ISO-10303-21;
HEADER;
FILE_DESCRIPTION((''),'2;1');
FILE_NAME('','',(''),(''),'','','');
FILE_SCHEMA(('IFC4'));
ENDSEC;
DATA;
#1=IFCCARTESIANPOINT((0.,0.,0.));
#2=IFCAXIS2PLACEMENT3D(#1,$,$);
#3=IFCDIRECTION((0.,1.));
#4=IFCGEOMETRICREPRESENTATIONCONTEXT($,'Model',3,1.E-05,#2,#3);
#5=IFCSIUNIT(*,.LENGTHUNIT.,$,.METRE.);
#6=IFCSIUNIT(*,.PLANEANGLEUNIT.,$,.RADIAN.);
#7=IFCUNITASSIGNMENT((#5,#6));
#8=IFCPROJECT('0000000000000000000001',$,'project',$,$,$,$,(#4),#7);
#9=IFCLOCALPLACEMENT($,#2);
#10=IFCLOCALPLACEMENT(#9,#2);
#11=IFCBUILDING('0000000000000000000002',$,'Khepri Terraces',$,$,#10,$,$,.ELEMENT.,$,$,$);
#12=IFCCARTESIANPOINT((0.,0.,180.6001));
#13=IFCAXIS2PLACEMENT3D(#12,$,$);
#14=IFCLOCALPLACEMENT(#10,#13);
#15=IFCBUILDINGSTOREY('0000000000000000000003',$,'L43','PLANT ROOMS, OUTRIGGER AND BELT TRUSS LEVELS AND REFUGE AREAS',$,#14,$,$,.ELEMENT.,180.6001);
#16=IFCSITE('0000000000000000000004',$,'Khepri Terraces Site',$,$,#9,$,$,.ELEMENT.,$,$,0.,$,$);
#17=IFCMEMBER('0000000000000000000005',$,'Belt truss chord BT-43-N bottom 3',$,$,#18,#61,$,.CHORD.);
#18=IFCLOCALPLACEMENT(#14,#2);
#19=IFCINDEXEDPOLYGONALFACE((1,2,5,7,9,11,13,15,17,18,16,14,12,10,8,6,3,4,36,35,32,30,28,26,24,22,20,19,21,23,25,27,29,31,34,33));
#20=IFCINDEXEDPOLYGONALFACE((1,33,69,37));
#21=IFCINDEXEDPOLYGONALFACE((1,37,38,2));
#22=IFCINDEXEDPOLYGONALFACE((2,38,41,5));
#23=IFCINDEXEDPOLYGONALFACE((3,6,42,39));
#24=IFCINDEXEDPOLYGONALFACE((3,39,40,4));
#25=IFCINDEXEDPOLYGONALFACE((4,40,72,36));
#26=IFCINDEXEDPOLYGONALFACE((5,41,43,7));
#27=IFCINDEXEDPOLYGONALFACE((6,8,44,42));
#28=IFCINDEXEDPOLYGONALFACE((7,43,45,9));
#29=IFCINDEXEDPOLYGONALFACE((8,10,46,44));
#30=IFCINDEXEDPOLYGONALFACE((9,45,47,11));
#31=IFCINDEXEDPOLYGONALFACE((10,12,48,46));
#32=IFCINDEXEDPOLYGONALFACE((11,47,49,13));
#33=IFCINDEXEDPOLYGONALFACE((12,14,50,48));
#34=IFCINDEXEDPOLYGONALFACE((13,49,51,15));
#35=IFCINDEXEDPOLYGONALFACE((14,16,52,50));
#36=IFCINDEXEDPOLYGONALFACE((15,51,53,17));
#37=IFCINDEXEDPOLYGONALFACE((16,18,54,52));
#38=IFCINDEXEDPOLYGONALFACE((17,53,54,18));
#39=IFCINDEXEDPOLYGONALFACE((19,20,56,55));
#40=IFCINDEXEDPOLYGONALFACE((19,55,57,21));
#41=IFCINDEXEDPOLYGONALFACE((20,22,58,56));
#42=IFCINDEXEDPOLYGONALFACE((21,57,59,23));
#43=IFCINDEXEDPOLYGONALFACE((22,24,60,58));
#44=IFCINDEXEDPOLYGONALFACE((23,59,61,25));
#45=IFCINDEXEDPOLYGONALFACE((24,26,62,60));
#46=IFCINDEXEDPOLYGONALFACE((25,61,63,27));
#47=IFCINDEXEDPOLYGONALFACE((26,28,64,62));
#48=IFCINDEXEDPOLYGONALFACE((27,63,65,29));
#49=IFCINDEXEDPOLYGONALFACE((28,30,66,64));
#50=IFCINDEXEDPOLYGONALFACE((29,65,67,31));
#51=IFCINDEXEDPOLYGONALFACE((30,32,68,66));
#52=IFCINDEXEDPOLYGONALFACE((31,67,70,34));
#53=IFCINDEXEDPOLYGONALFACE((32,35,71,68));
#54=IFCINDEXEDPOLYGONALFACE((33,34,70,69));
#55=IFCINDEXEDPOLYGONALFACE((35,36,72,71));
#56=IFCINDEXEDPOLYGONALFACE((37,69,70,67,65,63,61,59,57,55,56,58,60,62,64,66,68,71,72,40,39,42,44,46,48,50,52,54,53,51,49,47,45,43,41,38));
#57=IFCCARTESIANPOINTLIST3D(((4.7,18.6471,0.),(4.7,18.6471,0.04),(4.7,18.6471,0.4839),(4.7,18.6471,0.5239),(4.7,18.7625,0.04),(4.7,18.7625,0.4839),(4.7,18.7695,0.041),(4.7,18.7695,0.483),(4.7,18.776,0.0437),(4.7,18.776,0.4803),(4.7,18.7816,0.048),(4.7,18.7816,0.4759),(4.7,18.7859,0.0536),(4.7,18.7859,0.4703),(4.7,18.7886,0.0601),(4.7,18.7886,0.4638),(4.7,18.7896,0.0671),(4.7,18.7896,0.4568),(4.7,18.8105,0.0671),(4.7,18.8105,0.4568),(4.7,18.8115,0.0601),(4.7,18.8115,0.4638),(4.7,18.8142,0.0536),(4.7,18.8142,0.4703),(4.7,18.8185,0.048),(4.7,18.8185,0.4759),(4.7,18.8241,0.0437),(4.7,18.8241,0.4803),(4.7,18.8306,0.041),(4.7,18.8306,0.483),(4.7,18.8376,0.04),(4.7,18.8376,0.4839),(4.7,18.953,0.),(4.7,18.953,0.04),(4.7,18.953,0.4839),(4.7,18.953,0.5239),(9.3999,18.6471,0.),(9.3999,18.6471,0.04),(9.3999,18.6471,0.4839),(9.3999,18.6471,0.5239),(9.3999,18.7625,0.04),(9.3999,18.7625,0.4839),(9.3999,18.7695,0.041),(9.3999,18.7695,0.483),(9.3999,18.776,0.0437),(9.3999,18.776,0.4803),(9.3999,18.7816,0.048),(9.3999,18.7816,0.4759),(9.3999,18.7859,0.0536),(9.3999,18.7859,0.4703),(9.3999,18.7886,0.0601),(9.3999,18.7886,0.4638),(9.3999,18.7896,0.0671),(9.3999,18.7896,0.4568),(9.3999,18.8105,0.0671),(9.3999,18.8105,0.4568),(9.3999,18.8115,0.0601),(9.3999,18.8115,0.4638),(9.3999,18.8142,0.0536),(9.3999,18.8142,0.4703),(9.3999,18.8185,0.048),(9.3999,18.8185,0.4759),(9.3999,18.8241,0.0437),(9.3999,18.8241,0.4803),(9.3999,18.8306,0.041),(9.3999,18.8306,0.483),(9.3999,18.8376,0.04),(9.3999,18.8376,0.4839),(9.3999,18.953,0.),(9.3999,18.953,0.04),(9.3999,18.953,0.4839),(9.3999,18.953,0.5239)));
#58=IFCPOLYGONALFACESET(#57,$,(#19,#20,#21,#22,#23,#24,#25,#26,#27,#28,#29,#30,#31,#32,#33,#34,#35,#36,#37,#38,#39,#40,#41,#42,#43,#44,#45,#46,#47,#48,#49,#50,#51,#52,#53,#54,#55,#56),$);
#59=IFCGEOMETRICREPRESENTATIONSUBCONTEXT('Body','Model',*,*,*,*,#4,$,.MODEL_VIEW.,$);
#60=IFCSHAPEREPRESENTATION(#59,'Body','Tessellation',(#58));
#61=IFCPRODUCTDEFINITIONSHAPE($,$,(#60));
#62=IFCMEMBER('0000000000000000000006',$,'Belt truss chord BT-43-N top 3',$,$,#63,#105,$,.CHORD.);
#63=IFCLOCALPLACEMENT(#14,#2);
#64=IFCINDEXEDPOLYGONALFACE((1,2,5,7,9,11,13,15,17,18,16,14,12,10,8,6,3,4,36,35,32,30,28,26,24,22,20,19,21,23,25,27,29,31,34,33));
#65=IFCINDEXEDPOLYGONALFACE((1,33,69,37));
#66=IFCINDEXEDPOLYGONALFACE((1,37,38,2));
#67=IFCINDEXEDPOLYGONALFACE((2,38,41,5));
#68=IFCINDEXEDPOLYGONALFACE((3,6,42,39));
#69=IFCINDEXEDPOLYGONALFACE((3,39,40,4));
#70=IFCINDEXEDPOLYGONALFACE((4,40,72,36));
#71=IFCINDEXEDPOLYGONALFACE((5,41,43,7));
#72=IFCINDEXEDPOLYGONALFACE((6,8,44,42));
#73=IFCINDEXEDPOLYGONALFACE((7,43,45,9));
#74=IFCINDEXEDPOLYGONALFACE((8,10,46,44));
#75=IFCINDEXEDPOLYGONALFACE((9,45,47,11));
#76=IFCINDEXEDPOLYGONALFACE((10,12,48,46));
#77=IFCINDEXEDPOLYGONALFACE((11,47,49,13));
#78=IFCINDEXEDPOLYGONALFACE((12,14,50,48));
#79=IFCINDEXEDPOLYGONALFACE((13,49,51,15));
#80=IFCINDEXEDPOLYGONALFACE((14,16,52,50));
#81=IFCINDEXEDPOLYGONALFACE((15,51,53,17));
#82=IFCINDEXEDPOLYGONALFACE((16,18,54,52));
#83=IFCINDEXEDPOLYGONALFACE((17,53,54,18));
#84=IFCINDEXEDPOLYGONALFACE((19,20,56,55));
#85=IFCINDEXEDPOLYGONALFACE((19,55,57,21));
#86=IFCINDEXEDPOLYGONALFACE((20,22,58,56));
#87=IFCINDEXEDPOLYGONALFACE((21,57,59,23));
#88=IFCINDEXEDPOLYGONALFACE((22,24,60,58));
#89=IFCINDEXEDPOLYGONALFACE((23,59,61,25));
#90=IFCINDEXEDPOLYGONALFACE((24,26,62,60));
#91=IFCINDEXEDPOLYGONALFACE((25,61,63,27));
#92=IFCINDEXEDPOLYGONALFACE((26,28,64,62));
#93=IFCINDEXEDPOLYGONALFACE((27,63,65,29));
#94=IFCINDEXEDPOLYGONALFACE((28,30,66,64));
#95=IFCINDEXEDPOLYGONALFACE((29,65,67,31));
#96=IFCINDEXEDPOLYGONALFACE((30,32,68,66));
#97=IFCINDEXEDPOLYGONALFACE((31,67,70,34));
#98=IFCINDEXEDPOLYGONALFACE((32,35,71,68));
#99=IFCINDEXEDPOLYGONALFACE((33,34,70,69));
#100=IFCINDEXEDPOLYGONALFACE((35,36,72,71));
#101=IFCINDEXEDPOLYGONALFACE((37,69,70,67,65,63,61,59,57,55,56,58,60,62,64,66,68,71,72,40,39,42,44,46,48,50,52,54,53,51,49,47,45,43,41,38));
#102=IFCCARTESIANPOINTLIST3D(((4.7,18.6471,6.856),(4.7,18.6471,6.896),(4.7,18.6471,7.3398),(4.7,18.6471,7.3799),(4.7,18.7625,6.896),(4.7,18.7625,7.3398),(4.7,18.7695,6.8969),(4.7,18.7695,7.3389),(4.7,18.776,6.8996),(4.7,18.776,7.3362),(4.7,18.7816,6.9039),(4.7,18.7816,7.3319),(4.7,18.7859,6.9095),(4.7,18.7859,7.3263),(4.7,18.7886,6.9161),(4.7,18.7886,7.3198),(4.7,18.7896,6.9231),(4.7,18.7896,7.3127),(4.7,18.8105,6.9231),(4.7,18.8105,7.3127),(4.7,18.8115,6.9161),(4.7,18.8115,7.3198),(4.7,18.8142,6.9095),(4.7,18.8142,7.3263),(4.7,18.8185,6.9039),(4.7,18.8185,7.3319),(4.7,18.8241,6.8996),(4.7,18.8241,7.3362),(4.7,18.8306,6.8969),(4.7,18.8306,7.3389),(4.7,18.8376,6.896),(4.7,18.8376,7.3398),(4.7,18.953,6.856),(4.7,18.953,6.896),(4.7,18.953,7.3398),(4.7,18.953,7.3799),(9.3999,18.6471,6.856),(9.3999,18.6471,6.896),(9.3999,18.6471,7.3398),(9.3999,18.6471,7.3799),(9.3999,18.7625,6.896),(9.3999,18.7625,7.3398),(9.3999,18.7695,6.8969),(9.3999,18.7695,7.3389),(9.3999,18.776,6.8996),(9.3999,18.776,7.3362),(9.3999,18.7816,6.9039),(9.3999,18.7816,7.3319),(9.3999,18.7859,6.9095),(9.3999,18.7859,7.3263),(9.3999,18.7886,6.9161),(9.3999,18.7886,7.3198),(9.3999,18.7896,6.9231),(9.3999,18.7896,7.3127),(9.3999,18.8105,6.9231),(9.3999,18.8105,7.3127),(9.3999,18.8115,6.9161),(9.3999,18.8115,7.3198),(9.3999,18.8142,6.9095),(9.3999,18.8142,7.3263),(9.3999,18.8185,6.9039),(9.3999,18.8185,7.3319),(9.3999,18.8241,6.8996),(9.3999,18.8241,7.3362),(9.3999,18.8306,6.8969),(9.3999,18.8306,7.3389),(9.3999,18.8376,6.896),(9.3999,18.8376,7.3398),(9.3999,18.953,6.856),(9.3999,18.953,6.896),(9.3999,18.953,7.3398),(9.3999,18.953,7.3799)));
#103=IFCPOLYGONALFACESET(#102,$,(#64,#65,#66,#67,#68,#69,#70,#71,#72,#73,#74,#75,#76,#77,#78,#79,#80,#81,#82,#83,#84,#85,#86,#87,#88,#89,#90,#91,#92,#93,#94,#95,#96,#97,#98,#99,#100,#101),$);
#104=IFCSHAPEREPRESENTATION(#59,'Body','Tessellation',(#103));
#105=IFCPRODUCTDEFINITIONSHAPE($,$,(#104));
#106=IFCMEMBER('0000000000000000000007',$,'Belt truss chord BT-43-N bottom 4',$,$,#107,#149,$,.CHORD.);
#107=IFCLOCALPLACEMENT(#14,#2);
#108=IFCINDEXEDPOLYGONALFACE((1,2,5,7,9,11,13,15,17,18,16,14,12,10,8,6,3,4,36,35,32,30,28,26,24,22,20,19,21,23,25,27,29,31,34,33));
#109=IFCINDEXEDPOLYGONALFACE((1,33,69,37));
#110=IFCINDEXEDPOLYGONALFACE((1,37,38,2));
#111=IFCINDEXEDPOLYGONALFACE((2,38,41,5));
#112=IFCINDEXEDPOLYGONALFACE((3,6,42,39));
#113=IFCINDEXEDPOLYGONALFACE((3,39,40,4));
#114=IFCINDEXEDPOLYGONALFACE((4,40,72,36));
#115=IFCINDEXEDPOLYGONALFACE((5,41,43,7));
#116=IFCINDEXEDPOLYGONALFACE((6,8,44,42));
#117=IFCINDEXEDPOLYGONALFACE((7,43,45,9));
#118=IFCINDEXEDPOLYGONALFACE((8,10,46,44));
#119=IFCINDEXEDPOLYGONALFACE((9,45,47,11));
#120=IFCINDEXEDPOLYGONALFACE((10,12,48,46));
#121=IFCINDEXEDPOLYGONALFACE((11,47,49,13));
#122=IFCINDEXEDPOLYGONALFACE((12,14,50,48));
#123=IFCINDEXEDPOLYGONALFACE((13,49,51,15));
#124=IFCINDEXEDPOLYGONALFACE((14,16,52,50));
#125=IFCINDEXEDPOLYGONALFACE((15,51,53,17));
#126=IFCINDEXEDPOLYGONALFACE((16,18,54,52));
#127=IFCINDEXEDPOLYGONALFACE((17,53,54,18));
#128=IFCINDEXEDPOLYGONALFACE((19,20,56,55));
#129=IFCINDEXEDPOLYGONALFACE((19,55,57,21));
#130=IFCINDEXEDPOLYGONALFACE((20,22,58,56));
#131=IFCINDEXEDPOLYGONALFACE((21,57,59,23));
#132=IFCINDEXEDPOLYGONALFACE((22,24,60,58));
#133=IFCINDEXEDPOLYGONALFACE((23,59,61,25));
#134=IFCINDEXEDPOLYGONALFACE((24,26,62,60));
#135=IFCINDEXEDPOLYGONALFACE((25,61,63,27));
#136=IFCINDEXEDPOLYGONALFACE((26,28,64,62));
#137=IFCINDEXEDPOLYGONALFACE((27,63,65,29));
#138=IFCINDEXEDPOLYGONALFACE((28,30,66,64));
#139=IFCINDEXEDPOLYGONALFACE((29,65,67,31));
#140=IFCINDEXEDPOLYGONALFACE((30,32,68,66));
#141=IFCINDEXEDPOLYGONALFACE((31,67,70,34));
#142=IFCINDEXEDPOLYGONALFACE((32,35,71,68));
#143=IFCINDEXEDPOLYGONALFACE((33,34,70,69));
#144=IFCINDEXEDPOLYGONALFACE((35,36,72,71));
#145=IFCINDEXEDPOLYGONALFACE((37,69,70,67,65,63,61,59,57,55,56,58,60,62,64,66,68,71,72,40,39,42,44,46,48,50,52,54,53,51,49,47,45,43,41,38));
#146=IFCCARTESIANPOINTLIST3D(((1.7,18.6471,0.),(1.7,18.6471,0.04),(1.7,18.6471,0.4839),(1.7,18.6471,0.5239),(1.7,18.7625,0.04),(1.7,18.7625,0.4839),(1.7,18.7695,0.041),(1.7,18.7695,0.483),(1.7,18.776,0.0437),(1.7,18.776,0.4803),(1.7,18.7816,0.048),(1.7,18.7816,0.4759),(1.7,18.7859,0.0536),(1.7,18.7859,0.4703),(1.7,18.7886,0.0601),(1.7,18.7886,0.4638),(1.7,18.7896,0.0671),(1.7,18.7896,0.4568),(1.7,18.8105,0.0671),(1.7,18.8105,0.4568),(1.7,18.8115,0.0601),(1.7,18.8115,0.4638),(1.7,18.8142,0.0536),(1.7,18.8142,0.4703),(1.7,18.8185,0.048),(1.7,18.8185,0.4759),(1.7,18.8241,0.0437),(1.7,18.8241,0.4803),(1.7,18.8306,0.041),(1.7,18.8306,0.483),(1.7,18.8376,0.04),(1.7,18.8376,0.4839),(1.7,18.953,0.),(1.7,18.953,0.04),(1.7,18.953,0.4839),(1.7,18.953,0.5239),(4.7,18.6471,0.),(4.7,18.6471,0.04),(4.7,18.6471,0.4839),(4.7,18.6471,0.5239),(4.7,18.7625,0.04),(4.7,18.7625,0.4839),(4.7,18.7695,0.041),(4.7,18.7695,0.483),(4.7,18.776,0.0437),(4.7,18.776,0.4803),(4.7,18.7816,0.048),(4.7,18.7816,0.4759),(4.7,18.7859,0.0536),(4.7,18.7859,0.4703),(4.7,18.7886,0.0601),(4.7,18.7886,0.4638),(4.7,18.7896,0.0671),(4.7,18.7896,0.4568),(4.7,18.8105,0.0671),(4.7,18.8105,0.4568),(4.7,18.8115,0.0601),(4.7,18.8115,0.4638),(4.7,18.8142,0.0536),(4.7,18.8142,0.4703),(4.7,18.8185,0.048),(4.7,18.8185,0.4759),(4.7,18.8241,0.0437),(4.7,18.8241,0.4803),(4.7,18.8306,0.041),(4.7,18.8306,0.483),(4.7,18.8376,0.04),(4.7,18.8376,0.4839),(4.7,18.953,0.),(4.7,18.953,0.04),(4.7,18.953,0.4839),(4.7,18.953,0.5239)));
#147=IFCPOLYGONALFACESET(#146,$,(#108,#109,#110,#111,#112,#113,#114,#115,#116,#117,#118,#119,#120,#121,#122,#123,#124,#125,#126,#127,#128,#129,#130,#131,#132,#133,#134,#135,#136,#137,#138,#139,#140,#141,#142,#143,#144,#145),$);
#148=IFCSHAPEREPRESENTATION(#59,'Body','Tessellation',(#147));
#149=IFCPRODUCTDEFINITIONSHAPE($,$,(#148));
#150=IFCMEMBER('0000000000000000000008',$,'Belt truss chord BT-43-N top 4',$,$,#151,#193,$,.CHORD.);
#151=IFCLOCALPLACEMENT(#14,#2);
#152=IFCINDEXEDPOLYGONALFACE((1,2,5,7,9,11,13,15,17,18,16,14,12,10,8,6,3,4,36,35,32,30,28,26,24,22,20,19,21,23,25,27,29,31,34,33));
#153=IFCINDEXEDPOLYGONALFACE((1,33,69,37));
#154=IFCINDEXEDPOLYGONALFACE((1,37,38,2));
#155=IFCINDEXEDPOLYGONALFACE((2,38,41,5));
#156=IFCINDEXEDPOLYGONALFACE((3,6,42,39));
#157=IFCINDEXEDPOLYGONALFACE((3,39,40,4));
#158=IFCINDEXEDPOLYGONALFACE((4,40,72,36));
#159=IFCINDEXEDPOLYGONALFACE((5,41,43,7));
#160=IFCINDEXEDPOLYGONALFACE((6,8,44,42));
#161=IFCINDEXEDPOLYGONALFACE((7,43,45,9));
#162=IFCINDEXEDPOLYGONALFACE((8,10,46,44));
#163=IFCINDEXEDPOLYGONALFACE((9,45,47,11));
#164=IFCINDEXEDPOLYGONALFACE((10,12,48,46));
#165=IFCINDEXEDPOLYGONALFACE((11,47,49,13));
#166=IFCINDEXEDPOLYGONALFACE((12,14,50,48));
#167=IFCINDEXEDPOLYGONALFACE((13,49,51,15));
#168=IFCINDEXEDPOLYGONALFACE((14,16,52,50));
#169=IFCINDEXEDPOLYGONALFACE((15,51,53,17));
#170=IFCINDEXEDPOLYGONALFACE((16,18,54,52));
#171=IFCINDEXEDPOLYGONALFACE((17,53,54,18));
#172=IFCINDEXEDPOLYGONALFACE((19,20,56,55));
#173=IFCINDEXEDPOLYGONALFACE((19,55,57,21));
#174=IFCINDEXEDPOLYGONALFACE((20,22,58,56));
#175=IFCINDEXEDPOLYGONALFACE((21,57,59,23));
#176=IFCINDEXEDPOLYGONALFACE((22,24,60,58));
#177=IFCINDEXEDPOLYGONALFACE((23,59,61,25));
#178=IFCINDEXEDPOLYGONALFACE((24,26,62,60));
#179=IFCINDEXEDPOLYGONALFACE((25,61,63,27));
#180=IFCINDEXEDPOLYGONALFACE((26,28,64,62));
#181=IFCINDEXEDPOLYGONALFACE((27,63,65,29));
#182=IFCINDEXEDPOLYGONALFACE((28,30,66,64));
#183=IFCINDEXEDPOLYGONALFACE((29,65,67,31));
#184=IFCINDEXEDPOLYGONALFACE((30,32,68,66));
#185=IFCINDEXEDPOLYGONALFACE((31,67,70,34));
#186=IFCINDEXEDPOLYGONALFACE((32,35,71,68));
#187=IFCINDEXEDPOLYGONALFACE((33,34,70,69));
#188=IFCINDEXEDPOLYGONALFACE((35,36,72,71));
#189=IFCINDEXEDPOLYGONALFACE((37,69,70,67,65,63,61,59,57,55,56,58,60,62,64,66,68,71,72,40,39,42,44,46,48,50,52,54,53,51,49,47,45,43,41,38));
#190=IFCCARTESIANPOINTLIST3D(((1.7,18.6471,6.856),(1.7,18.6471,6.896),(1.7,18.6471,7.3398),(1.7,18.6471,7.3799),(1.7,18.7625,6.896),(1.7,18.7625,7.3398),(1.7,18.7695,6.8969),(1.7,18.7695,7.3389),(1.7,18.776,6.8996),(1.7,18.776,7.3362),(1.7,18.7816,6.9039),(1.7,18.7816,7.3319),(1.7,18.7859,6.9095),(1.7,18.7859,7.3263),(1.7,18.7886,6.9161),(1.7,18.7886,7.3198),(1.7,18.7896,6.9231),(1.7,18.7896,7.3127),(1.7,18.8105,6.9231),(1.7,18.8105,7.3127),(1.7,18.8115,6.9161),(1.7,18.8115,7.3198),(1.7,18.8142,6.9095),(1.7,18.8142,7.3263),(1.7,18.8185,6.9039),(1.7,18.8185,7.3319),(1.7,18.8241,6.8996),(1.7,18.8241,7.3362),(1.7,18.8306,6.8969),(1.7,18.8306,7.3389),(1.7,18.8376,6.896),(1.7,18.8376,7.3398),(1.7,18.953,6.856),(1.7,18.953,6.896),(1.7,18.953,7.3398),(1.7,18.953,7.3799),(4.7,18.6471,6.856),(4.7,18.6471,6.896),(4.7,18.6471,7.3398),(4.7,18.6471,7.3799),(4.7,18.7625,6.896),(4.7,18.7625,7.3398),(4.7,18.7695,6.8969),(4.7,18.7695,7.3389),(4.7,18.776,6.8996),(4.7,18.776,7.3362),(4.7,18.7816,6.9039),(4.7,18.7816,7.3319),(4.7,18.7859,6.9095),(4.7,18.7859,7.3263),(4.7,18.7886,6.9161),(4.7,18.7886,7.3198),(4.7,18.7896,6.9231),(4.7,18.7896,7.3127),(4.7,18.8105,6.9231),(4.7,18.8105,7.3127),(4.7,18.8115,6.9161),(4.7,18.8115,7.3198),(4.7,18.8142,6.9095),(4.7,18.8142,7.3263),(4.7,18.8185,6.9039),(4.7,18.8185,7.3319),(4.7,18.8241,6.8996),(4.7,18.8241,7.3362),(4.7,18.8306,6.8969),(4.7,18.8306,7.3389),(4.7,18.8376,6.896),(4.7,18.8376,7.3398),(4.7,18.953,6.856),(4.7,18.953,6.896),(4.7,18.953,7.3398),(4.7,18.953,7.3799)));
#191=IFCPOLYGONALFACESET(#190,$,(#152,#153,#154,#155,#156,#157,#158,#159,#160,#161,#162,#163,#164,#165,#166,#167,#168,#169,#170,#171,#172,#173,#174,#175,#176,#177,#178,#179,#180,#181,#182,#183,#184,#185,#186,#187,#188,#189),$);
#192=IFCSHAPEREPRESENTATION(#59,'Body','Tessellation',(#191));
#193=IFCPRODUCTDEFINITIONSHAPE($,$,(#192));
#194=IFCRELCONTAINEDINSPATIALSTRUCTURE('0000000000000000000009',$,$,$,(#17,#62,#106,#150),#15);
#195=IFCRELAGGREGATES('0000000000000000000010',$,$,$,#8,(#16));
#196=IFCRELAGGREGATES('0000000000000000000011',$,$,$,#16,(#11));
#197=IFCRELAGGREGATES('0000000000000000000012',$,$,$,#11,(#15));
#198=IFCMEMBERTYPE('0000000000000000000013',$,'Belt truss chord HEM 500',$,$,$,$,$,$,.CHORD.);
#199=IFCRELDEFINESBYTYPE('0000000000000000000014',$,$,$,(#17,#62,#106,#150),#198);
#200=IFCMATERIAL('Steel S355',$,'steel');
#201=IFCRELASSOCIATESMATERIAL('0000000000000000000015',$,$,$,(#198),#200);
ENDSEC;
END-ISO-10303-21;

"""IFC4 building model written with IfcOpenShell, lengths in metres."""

from ifc_helpers import new_model, si_unit, direction, frame, origin, origin_2d, place, context, subcontext, project, spatial, i_section, extrude, material, material_profile, profile_set, type_object, element, save


model = new_model("IFC4")

# Units and contexts
model_context = context("Model", 3, precision=1e-05, world=origin(), true_north=direction((0.0, 1.0)))
body_context = subcontext(model_context, "Body", "Model", "MODEL_VIEW")
ifc_project = project(units=[si_unit("LENGTHUNIT", "METRE"), si_unit("PLANEANGLEUNIT", "RADIAN")], contexts=[model_context])

# Site, building, storey
site_placement = place(None, origin())
site = spatial("IfcSite", under=ifc_project, at=site_placement, Name="Khepri Terraces Site", CompositionType="ELEMENT", RefElevation=0.0)
building_placement = place(site_placement, origin())
building = spatial("IfcBuilding", under=site, at=building_placement, Name="Khepri Terraces", CompositionType="ELEMENT")
storey_placement = place(building_placement, frame((0.0, 0.0, 180.6001)))
storey = spatial("IfcBuildingStorey", under=building, at=storey_placement, Name="L43", Description="PLANT ROOMS, OUTRIGGER AND BELT TRUSS LEVELS AND REFUGE AREAS", CompositionType="ELEMENT", Elevation=180.6001)

# Members
ifc_material_1 = material(Name="Steel S355", Category="steel")
ifc_material_profile_1 = material_profile(ifc_material_1, i_section(OverallWidth=0.3059, OverallDepth=0.5239, WebThickness=0.021, FlangeThickness=0.04, FilletRadius=0.0271, at=origin_2d()), Name="Steel S355", Category="steel")
ifc_profile_set_1 = profile_set([ifc_material_profile_1], Name="Steel S355")
member_type_1 = type_object("IfcMemberType", Name="Belt truss chord HEM 500", PredefinedType="CHORD", material=ifc_profile_set_1)
for number, where, z_axis, x_axis, name in (
    (1, (9.3999, 18.8, 0.262), (-1.0, 0.0, 0.0), (0.0, -1.0, 0.0), "Belt truss chord BT-43-N bottom 3"),
    (2, (9.3999, 18.8, 7.1179), (-1.0, 0.0, 0.0), (0.0, -1.0, 0.0), "Belt truss chord BT-43-N top 3"),
):
    element("IfcMember", number, at=place(storey_placement, frame(where, z_axis=z_axis, x_axis=x_axis)), inside=storey, type_object=member_type_1, Name=name, PredefinedType="CHORD", context=body_context, shape_type="SweptSolid", body=[
        extrude(i_section(OverallWidth=0.3059, OverallDepth=0.5239, WebThickness=0.021, FlangeThickness=0.04, FilletRadius=0.0271, at=origin_2d()), origin(), (0.0, 0.0, 1.0), 4.7),
    ])
for number, where, z_axis, x_axis, name in (
    (3, (4.7, 18.8, 0.262), (-1.0, 0.0, 0.0), (0.0, -1.0, 0.0), "Belt truss chord BT-43-N bottom 4"),
    (4, (4.7, 18.8, 7.1179), (-1.0, 0.0, 0.0), (0.0, -1.0, 0.0), "Belt truss chord BT-43-N top 4"),
):
    element("IfcMember", number, at=place(storey_placement, frame(where, z_axis=z_axis, x_axis=x_axis)), inside=storey, type_object=member_type_1, Name=name, PredefinedType="CHORD", context=body_context, shape_type="SweptSolid", body=[
        extrude(i_section(OverallWidth=0.3059, OverallDepth=0.5239, WebThickness=0.021, FlangeThickness=0.04, FilletRadius=0.0271, at=origin_2d()), origin(), (0.0, 0.0, 1.0), 3.0),
    ])

save(model, "model.ifc")
